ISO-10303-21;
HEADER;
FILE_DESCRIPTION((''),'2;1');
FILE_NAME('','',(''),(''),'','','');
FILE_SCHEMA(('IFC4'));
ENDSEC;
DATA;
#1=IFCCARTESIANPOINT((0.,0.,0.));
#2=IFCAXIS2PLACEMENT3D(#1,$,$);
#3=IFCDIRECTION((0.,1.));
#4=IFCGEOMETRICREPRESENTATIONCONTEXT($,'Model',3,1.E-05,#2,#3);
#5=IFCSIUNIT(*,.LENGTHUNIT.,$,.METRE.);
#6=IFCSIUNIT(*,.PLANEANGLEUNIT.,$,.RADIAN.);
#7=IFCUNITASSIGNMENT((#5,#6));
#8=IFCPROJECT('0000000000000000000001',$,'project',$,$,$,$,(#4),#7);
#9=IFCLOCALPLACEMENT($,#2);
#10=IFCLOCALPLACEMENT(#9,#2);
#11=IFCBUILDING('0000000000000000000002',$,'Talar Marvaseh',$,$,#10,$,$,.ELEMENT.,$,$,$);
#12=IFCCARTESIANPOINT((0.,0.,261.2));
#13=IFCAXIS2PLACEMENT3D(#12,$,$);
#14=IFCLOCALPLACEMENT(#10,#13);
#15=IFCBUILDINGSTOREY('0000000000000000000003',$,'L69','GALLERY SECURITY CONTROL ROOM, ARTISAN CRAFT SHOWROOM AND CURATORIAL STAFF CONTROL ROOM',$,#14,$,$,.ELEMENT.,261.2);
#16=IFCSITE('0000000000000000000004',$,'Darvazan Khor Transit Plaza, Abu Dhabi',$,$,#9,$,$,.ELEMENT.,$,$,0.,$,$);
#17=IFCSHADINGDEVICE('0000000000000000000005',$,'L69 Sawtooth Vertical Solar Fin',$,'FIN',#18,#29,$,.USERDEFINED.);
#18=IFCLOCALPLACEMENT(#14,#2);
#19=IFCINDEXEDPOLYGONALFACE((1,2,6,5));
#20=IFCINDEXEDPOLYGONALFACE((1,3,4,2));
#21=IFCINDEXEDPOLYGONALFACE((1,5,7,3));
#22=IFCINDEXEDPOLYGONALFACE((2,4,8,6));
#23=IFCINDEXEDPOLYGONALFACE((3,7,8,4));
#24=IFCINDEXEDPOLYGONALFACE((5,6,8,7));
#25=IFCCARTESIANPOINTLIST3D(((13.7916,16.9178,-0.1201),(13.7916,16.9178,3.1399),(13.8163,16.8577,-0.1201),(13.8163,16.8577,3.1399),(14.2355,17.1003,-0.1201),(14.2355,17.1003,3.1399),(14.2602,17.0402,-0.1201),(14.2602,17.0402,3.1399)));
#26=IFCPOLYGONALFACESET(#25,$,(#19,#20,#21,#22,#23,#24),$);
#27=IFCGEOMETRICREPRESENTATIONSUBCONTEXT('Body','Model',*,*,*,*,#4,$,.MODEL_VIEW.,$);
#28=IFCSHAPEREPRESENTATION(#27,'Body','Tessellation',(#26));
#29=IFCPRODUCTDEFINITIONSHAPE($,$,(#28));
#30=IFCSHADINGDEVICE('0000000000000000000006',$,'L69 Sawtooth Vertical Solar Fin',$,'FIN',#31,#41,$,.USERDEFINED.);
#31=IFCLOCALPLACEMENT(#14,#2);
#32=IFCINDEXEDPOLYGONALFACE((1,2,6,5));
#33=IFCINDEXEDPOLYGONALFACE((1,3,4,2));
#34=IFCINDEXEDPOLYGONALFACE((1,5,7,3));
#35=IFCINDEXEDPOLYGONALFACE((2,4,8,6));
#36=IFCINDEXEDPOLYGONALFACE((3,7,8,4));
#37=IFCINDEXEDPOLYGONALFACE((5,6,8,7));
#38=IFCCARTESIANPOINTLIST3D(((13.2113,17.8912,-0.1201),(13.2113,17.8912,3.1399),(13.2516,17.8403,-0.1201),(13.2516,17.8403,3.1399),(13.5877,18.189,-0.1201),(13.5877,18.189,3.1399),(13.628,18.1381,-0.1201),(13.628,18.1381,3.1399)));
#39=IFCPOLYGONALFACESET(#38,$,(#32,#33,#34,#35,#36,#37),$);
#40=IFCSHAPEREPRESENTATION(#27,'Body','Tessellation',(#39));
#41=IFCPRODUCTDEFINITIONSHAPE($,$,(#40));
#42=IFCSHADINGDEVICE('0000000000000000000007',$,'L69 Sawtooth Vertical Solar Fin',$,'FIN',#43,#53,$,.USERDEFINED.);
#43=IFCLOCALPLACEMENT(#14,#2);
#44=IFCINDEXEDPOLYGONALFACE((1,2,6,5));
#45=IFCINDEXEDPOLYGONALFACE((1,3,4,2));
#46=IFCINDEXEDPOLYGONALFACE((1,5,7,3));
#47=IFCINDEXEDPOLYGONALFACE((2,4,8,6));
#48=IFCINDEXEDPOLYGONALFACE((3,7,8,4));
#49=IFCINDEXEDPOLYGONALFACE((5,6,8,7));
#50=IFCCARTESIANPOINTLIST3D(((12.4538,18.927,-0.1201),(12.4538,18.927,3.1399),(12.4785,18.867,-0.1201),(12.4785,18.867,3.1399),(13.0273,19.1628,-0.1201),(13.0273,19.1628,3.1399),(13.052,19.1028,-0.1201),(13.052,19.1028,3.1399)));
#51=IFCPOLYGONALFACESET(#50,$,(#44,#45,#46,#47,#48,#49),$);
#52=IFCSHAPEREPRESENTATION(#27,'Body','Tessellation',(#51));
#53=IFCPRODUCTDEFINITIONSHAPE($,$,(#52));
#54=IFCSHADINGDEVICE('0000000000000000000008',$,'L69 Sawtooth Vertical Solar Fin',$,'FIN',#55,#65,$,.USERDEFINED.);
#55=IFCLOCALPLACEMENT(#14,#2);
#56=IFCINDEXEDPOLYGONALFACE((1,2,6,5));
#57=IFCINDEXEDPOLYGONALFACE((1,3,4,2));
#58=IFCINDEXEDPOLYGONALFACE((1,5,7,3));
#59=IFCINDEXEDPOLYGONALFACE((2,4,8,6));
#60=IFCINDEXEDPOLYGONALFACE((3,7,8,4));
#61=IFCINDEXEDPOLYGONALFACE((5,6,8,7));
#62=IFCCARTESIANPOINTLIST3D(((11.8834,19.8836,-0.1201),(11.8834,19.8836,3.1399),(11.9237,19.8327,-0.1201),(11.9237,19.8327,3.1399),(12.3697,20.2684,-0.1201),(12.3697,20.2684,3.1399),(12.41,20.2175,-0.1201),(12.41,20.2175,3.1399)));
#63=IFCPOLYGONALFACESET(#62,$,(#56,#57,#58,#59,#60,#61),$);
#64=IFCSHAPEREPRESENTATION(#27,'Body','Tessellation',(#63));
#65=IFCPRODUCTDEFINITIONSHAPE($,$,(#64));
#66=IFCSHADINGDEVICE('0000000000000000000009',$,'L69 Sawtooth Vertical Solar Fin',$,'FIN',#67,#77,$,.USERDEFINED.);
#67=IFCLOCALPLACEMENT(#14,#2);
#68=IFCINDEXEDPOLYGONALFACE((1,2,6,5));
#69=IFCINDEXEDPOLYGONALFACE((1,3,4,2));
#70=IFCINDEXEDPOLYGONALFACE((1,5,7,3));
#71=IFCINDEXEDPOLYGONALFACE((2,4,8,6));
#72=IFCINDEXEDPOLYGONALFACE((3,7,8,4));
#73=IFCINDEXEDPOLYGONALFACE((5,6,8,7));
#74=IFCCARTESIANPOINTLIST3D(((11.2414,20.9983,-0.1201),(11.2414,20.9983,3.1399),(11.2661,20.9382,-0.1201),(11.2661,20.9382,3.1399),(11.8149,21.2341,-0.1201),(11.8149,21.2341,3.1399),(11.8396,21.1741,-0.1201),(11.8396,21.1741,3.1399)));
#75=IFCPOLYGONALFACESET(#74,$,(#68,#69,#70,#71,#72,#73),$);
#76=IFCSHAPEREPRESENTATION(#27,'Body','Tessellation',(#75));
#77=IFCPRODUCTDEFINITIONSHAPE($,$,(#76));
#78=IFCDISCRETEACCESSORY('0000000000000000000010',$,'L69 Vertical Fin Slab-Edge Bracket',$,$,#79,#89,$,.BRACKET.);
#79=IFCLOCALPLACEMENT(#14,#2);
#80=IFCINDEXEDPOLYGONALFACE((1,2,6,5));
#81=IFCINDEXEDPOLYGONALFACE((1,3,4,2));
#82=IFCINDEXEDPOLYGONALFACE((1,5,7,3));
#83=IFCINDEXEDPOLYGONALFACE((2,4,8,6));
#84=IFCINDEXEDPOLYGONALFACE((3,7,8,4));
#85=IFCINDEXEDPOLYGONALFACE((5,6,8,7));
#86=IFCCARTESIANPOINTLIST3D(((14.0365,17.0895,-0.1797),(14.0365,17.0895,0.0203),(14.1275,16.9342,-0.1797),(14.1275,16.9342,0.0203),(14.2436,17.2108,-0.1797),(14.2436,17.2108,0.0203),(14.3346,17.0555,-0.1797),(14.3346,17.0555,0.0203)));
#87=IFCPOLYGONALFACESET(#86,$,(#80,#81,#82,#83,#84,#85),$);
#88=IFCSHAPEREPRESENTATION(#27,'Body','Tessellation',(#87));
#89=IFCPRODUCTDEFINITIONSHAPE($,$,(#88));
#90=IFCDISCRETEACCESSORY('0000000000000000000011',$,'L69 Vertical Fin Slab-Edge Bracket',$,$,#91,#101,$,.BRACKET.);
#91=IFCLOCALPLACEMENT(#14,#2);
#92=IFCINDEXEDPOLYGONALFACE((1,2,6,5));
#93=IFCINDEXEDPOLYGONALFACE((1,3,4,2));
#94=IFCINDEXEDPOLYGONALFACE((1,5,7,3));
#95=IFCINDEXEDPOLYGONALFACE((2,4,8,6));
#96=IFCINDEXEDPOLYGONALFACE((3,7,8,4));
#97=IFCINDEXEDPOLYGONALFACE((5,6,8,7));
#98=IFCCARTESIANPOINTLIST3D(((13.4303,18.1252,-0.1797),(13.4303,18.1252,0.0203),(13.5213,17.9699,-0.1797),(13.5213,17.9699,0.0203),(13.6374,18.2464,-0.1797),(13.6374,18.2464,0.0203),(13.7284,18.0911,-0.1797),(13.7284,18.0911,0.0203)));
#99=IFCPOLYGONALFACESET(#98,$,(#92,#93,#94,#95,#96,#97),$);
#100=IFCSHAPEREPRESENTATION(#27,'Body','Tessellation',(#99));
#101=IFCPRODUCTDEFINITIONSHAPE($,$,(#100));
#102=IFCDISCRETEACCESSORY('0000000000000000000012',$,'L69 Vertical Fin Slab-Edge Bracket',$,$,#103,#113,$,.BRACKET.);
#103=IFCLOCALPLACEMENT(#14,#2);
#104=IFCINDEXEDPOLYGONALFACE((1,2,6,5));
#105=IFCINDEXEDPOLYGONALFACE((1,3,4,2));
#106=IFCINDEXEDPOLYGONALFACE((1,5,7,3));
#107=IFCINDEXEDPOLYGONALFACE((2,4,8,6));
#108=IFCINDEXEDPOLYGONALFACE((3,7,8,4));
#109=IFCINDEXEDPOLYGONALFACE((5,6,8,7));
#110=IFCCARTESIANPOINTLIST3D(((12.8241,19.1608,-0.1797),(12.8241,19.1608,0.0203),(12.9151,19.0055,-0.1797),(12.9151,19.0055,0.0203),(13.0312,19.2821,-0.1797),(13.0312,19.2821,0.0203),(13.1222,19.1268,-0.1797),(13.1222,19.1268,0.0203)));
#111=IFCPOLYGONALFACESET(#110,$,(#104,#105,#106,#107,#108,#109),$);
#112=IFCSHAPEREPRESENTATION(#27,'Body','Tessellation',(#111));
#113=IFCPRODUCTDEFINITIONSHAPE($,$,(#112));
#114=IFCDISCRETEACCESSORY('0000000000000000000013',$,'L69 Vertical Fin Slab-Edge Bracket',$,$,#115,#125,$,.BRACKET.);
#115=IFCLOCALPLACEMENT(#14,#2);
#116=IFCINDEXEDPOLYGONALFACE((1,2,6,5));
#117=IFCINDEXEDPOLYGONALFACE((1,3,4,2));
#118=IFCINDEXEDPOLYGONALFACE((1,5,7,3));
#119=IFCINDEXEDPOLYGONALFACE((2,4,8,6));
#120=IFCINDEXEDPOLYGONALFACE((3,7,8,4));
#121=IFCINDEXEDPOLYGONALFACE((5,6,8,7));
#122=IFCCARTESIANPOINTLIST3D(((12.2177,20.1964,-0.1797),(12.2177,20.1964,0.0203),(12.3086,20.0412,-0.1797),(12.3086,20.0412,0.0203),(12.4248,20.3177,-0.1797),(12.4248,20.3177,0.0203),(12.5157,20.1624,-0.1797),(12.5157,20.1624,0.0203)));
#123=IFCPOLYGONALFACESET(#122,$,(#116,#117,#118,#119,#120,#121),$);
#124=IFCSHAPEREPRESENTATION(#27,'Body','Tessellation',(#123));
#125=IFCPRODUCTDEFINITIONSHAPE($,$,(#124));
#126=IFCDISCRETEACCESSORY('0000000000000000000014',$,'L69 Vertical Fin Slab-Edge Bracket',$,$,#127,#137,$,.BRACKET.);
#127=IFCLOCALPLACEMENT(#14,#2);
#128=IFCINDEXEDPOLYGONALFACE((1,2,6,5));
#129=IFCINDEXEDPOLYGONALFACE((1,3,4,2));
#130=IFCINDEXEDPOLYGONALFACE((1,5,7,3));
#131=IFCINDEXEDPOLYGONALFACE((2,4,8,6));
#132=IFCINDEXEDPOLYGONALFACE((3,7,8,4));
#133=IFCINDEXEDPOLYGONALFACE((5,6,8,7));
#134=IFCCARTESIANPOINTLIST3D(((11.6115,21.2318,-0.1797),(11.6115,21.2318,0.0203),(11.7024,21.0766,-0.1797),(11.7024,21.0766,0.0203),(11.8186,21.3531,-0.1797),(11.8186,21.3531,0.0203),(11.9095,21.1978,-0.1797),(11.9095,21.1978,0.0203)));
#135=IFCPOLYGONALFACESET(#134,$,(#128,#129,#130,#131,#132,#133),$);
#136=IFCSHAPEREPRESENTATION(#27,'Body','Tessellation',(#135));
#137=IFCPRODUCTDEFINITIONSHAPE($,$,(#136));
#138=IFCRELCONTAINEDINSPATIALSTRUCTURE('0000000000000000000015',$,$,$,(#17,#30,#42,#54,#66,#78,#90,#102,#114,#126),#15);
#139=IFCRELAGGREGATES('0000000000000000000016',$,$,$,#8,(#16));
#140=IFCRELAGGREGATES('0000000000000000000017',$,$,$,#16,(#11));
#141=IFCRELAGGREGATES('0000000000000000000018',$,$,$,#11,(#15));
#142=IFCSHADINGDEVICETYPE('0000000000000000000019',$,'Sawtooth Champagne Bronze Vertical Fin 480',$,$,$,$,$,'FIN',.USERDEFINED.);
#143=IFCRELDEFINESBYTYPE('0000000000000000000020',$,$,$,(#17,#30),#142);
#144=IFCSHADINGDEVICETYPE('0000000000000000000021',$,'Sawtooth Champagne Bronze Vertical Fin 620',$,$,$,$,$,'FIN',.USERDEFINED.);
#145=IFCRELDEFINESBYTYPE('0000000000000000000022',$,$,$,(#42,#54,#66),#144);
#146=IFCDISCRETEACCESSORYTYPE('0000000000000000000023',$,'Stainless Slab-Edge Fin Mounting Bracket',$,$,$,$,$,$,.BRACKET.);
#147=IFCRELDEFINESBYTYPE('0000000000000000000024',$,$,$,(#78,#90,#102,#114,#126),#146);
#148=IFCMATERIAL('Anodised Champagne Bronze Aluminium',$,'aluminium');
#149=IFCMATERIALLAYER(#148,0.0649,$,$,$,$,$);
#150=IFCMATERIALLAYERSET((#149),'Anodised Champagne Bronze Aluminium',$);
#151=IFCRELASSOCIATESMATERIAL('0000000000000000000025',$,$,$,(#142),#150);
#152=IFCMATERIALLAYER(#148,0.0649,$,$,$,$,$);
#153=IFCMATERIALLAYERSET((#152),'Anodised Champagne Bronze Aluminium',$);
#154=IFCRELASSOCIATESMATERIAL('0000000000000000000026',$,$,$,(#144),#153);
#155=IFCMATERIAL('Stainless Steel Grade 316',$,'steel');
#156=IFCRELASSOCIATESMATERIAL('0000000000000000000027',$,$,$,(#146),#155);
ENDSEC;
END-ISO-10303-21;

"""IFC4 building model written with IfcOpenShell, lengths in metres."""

from ifc_helpers import new_model, si_unit, direction, frame, origin, origin_2d, place, context, subcontext, project, spatial, rectangle, extrude, source, transform, mapped, material, layer, layer_set, type_object, type_shapes, element, save


model = new_model("IFC4")

# Units and contexts
model_context = context("Model", 3, precision=1e-05, world=origin(), true_north=direction((0.0, 1.0)))
body_context = subcontext(model_context, "Body", "Model", "MODEL_VIEW")
ifc_project = project(units=[si_unit("LENGTHUNIT", "METRE"), si_unit("PLANEANGLEUNIT", "RADIAN")], contexts=[model_context])

# Site, building, storey
site_placement = place(None, origin())
site = spatial("IfcSite", under=ifc_project, at=site_placement, Name="Darvazan Khor Transit Plaza, Abu Dhabi", CompositionType="ELEMENT", RefElevation=0.0)
building_placement = place(site_placement, origin())
building = spatial("IfcBuilding", under=site, at=building_placement, Name="Talar Marvaseh", CompositionType="ELEMENT")
storey_placement = place(building_placement, frame((0.0, 0.0, 261.2)))
storey = spatial("IfcBuildingStorey", under=building, at=storey_placement, Name="L69", Description="GALLERY SECURITY CONTROL ROOM, ARTISAN CRAFT SHOWROOM AND CURATORIAL STAFF CONTROL ROOM", CompositionType="ELEMENT", Elevation=261.2)

# Shading devices
ifc_material_1 = material(Name="Anodised Champagne Bronze Aluminium", Category="aluminium")
ifc_layer_1 = layer(ifc_material_1, 0.0649)
ifc_layer_set_1 = layer_set([ifc_layer_1], Name="Anodised Champagne Bronze Aluminium")
shading_device_type_1 = type_object("IfcShadingDeviceType", Name="Sawtooth Champagne Bronze Vertical Fin 480", ElementType="FIN", PredefinedType="USERDEFINED", material=ifc_layer_set_1)
shared_shape_1 = source(origin(), body_context, "Body", "SweptSolid", [
    extrude(rectangle(XDim=0.48, YDim=0.0649, at=origin_2d()), origin(), (0.0, 0.0, 1.0), 3.26),
])
type_shapes(shading_device_type_1, [shared_shape_1])
for number, where, z_axis, x_axis, name in (
    (1, (14.0259, 16.979, -0.1201), (0.0, 0.0, 1.0), (-0.924878, -0.380263, 0.0), "L69 Sawtooth Vertical Solar Fin"),
    (2, (13.4197, 18.0146, -0.1201), (0.0, 0.0, 1.0), (-0.784235, -0.620464, 0.0), "L69 Sawtooth Vertical Solar Fin"),
):
    element("IfcShadingDevice", number, at=place(storey_placement, frame(where, z_axis=z_axis, x_axis=x_axis)), inside=storey, type_object=shading_device_type_1, Name=name, ObjectType="FIN", PredefinedType="USERDEFINED", context=body_context, shape_type="MappedRepresentation", body=[
        mapped(shared_shape_1, transform((0.0, 0.0, 0.0), x_axis=(1.0, 0.0, 0.0), y_axis=(0.0, 1.0, 0.0), z_axis=(0.0, 0.0, 1.0), scale=1.0)),
    ])
ifc_layer_2 = layer(ifc_material_1, 0.0649)
ifc_layer_set_2 = layer_set([ifc_layer_2], Name="Anodised Champagne Bronze Aluminium")
shading_device_type_2 = type_object("IfcShadingDeviceType", Name="Sawtooth Champagne Bronze Vertical Fin 620", ElementType="FIN", PredefinedType="USERDEFINED", material=ifc_layer_set_2)
shared_shape_2 = source(origin(), body_context, "Body", "SweptSolid", [
    extrude(rectangle(XDim=0.6201, YDim=0.0649, at=origin_2d()), origin(), (0.0, 0.0, 1.0), 3.26),
])
type_shapes(shading_device_type_2, [shared_shape_2])
for number, where, z_axis, x_axis, name in (
    (3, (12.7529, 19.0149, -0.1201), (0.0, 0.0, 1.0), (-0.924878, -0.380263, 0.0), "L69 Sawtooth Vertical Solar Fin"),
    (4, (12.1467, 20.0505, -0.1201), (0.0, 0.0, 1.0), (-0.784235, -0.620464, 0.0), "L69 Sawtooth Vertical Solar Fin"),
    (5, (11.5405, 21.0862, -0.1201), (0.0, 0.0, 1.0), (-0.924878, -0.380263, 0.0), "L69 Sawtooth Vertical Solar Fin"),
):
    element("IfcShadingDevice", number, at=place(storey_placement, frame(where, z_axis=z_axis, x_axis=x_axis)), inside=storey, type_object=shading_device_type_2, Name=name, ObjectType="FIN", PredefinedType="USERDEFINED", context=body_context, shape_type="MappedRepresentation", body=[
        mapped(shared_shape_2, transform((0.0, 0.0, 0.0), x_axis=(1.0, 0.0, 0.0), y_axis=(0.0, 1.0, 0.0), z_axis=(0.0, 0.0, 1.0), scale=1.0)),
    ])

# Discrete accessories
ifc_material_2 = material(Name="Stainless Steel Grade 316", Category="steel")
discrete_accessory_type = type_object("IfcDiscreteAccessoryType", Name="Stainless Slab-Edge Fin Mounting Bracket", PredefinedType="BRACKET", material=ifc_material_2)
shared_shape_3 = source(origin(), body_context, "Body", "SweptSolid", [
    extrude(rectangle(XDim=0.24, YDim=0.1799, at=origin_2d()), origin(), (0.0, 0.0, 1.0), 0.2),
])
type_shapes(discrete_accessory_type, [shared_shape_3])
for number, where, z_axis, x_axis, name in (
    (6, (14.1855, 17.0725, -0.1797), (0.0, 0.0, 1.0), (-0.862955, -0.505281, 0.0), "L69 Vertical Fin Slab-Edge Bracket"),
    (7, (13.5793, 18.1082, -0.1797), (0.0, 0.0, 1.0), (-0.862955, -0.505281, 0.0), "L69 Vertical Fin Slab-Edge Bracket"),
    (8, (12.9731, 19.1438, -0.1797), (0.0, 0.0, 1.0), (-0.862955, -0.505281, 0.0), "L69 Vertical Fin Slab-Edge Bracket"),
    (9, (12.3667, 20.1794, -0.1797), (0.0, 0.0, 1.0), (-0.862955, -0.505281, 0.0), "L69 Vertical Fin Slab-Edge Bracket"),
    (10, (11.7605, 21.2148, -0.1797), (0.0, 0.0, 1.0), (-0.862955, -0.505281, 0.0), "L69 Vertical Fin Slab-Edge Bracket"),
):
    element("IfcDiscreteAccessory", number, at=place(storey_placement, frame(where, z_axis=z_axis, x_axis=x_axis)), inside=storey, type_object=discrete_accessory_type, Name=name, PredefinedType="BRACKET", context=body_context, shape_type="MappedRepresentation", body=[
        mapped(shared_shape_3, transform((0.0, 0.0, 0.0), x_axis=(1.0, 0.0, 0.0), y_axis=(0.0, 1.0, 0.0), z_axis=(0.0, 0.0, 1.0), scale=1.0)),
    ])

save(model, "model.ifc")
